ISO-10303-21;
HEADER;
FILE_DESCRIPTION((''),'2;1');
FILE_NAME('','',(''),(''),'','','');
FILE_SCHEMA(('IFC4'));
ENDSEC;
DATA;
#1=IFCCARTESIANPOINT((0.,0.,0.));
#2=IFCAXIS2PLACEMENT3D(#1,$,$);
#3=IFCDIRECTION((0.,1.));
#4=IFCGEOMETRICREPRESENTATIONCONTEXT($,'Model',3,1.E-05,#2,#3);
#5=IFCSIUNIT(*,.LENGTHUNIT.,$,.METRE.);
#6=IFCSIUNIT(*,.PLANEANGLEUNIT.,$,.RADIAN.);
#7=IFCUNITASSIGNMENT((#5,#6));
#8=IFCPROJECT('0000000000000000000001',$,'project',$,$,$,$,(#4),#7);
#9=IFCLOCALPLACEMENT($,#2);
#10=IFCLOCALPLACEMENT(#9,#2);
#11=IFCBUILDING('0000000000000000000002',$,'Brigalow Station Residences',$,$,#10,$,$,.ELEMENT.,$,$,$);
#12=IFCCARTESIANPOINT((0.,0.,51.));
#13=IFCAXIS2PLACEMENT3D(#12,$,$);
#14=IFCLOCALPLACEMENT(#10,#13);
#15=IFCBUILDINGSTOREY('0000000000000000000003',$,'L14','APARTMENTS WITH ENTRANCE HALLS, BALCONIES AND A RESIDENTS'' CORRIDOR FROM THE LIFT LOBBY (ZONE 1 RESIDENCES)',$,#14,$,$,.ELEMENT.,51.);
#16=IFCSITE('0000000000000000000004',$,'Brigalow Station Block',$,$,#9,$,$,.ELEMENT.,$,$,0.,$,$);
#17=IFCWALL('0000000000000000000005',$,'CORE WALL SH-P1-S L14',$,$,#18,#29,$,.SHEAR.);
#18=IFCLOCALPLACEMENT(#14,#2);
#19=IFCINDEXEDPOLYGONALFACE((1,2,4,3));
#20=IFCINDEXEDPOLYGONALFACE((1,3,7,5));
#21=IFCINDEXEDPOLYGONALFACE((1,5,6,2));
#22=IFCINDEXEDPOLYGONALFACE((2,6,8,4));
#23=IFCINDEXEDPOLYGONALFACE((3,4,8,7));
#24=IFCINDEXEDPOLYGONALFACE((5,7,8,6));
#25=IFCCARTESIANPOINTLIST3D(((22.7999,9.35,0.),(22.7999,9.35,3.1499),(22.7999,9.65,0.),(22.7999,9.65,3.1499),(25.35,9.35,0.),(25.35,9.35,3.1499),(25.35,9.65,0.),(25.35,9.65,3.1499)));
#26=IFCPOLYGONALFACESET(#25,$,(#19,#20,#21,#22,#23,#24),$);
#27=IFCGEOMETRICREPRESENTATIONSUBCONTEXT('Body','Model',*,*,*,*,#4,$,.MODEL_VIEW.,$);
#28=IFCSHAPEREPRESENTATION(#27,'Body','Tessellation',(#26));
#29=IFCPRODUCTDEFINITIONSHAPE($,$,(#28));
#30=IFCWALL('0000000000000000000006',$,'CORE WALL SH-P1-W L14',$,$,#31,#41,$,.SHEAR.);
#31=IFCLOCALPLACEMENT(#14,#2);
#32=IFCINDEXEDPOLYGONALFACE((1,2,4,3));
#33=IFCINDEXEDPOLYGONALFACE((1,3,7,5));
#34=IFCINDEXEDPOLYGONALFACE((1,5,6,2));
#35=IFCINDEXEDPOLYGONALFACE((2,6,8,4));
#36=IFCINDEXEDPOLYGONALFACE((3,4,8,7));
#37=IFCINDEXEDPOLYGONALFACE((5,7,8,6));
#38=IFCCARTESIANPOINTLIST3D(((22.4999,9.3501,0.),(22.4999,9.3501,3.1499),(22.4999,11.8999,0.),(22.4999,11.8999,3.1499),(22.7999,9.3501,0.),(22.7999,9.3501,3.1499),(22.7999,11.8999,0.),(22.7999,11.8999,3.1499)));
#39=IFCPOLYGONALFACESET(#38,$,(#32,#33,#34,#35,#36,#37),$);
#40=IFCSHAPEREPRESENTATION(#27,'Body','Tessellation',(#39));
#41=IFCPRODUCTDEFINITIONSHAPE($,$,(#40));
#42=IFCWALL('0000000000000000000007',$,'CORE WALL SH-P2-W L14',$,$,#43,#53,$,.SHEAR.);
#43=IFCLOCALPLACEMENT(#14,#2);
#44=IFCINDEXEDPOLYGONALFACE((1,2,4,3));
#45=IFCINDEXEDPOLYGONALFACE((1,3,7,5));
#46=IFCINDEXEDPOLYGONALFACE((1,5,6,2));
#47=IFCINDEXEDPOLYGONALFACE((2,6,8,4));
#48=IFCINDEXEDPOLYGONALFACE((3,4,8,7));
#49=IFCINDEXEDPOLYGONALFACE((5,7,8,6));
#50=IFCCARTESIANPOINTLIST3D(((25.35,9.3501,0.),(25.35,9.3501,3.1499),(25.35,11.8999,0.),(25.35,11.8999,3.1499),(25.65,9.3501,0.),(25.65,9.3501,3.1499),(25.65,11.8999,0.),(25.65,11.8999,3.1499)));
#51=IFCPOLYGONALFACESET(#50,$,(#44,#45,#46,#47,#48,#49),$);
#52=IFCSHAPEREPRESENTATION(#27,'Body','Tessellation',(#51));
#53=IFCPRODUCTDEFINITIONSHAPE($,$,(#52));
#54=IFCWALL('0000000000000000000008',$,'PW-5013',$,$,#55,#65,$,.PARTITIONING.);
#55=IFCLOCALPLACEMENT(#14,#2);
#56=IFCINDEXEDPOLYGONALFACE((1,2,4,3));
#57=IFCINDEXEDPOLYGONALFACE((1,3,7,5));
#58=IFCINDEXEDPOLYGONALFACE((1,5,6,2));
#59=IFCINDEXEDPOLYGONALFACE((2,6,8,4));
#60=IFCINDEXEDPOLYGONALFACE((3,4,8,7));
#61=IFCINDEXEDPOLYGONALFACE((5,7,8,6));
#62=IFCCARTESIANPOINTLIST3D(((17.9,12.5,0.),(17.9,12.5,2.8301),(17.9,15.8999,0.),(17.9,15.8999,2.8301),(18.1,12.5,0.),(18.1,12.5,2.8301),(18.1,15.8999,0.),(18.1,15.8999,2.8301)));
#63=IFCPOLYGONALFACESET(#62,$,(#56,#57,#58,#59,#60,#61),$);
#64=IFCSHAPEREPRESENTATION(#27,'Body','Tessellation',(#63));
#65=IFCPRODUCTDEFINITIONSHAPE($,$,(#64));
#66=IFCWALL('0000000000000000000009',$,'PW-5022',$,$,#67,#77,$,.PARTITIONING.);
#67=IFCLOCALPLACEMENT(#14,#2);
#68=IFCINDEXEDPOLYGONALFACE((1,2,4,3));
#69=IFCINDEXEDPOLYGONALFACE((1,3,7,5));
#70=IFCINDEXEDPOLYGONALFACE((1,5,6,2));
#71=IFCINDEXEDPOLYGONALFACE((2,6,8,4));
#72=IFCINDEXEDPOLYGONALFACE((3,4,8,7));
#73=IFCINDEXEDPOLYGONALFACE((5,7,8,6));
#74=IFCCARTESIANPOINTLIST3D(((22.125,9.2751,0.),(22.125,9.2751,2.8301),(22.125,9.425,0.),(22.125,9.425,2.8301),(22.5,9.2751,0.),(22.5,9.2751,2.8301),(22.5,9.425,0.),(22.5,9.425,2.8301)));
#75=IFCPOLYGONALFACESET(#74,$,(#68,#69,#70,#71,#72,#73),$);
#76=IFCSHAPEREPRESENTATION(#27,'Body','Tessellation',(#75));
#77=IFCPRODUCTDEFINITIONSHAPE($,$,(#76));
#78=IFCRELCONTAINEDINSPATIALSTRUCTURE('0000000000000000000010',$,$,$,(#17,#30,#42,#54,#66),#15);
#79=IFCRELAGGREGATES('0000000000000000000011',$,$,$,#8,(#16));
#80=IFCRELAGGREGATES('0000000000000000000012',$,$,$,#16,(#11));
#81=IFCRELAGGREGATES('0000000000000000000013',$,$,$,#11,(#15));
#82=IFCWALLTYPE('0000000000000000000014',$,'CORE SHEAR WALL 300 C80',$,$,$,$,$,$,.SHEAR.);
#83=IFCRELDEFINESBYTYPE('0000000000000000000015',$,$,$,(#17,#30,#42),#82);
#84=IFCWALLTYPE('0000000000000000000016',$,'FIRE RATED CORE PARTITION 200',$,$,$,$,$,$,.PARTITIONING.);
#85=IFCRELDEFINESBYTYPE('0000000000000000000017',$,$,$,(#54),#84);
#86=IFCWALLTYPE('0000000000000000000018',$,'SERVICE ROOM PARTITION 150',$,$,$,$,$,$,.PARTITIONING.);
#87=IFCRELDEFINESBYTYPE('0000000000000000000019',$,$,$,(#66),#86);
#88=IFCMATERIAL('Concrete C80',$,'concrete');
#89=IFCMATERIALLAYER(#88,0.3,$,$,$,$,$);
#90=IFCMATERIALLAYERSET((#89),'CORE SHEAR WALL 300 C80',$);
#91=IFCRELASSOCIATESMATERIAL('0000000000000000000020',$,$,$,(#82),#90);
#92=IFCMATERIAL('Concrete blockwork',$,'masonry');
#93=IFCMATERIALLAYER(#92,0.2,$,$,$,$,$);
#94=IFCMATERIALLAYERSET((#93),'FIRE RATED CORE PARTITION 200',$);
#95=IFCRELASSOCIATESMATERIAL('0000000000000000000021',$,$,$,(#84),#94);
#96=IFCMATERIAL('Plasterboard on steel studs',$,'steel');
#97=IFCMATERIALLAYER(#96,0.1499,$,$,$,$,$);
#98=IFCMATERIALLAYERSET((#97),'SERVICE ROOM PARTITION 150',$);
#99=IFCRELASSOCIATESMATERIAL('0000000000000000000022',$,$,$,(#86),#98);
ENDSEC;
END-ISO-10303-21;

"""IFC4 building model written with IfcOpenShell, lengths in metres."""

from ifc_helpers import new_model, si_unit, direction, frame, frame_2d, origin, place, context, subcontext, project, spatial, rectangle, extrude, material, layer, layer_set, type_object, element, save


model = new_model("IFC4")

# Units and contexts
model_context = context("Model", 3, precision=1e-05, world=origin(), true_north=direction((0.0, 1.0)))
body_context = subcontext(model_context, "Body", "Model", "MODEL_VIEW")
ifc_project = project(units=[si_unit("LENGTHUNIT", "METRE"), si_unit("PLANEANGLEUNIT", "RADIAN")], contexts=[model_context])

# Site, building, storey
site_placement = place(None, origin())
site = spatial("IfcSite", under=ifc_project, at=site_placement, Name="Brigalow Station Block", CompositionType="ELEMENT", RefElevation=0.0)
building_placement = place(site_placement, origin())
building = spatial("IfcBuilding", under=site, at=building_placement, Name="Brigalow Station Residences", CompositionType="ELEMENT")
storey_placement = place(building_placement, frame((0.0, 0.0, 51.0)))
storey = spatial("IfcBuildingStorey", under=building, at=storey_placement, Name="L14", Description="APARTMENTS WITH ENTRANCE HALLS, BALCONIES AND A RESIDENTS' CORRIDOR FROM THE LIFT LOBBY (ZONE 1 RESIDENCES)", CompositionType="ELEMENT", Elevation=51.0)

# Walls
ifc_material_1 = material(Name="Concrete C80", Category="concrete")
ifc_layer_1 = layer(ifc_material_1, 0.3)
ifc_layer_set_1 = layer_set([ifc_layer_1], Name="CORE SHEAR WALL 300 C80")
wall_type_1 = type_object("IfcWallType", Name="CORE SHEAR WALL 300 C80", PredefinedType="SHEAR", material=ifc_layer_set_1)
wall_1_placement = place(storey_placement, frame((22.8, 9.5, 0.0), z_axis=(0.0, 0.0, 1.0), x_axis=(1.0, 0.0, 0.0)))
element("IfcWall", 1, at=wall_1_placement, inside=storey, type_object=wall_type_1, Name="CORE WALL SH-P1-S L14", PredefinedType="SHEAR", context=body_context, shape_type="SweptSolid", body=[
    extrude(rectangle(XDim=2.55, YDim=0.3, at=frame_2d((1.2749, 0.0))), origin(), (0.0, 0.0, 1.0), 3.1499),
])
for number, where, z_axis, x_axis, name in (
    (2, (22.6499, 9.3501, 0.0), (0.0, 0.0, 1.0), (0.0, 1.0, 0.0), "CORE WALL SH-P1-W L14"),
    (3, (25.5, 9.3501, 0.0), (0.0, 0.0, 1.0), (0.0, 1.0, 0.0), "CORE WALL SH-P2-W L14"),
):
    element("IfcWall", number, at=place(storey_placement, frame(where, z_axis=z_axis, x_axis=x_axis)), inside=storey, type_object=wall_type_1, Name=name, PredefinedType="SHEAR", context=body_context, shape_type="SweptSolid", body=[
        extrude(rectangle(XDim=2.5498, YDim=0.3, at=frame_2d((1.2749, 0.0))), origin(), (0.0, 0.0, 1.0), 3.1499),
    ])

# Walls
ifc_material_2 = material(Name="Concrete blockwork", Category="masonry")
ifc_layer_2 = layer(ifc_material_2, 0.2)
ifc_layer_set_2 = layer_set([ifc_layer_2], Name="FIRE RATED CORE PARTITION 200")
wall_type_2 = type_object("IfcWallType", Name="FIRE RATED CORE PARTITION 200", PredefinedType="PARTITIONING", material=ifc_layer_set_2)
wall_2_placement = place(storey_placement, frame((18.0, 12.5, 0.0), z_axis=(0.0, 0.0, 1.0), x_axis=(0.0, 1.0, 0.0)))
element("IfcWall", 4, at=wall_2_placement, inside=storey, type_object=wall_type_2, Name="PW-5013", PredefinedType="PARTITIONING", context=body_context, shape_type="SweptSolid", body=[
    extrude(rectangle(XDim=3.3999, YDim=0.2, at=frame_2d((1.7, 0.0))), origin(), (0.0, 0.0, 1.0), 2.8301),
])
ifc_material_3 = material(Name="Plasterboard on steel studs", Category="steel")
ifc_layer_3 = layer(ifc_material_3, 0.1499)
ifc_layer_set_3 = layer_set([ifc_layer_3], Name="SERVICE ROOM PARTITION 150")
wall_type_3 = type_object("IfcWallType", Name="SERVICE ROOM PARTITION 150", PredefinedType="PARTITIONING", material=ifc_layer_set_3)
wall_3_placement = place(storey_placement, frame((22.125, 9.3501, 0.0), z_axis=(0.0, 0.0, 1.0), x_axis=(1.0, 0.0, 0.0)))
element("IfcWall", 5, at=wall_3_placement, inside=storey, type_object=wall_type_3, Name="PW-5022", PredefinedType="PARTITIONING", context=body_context, shape_type="SweptSolid", body=[
    extrude(rectangle(XDim=0.375, YDim=0.1499, at=frame_2d((0.1875, 0.0))), origin(), (0.0, 0.0, 1.0), 2.8301),
])

save(model, "model.ifc")
